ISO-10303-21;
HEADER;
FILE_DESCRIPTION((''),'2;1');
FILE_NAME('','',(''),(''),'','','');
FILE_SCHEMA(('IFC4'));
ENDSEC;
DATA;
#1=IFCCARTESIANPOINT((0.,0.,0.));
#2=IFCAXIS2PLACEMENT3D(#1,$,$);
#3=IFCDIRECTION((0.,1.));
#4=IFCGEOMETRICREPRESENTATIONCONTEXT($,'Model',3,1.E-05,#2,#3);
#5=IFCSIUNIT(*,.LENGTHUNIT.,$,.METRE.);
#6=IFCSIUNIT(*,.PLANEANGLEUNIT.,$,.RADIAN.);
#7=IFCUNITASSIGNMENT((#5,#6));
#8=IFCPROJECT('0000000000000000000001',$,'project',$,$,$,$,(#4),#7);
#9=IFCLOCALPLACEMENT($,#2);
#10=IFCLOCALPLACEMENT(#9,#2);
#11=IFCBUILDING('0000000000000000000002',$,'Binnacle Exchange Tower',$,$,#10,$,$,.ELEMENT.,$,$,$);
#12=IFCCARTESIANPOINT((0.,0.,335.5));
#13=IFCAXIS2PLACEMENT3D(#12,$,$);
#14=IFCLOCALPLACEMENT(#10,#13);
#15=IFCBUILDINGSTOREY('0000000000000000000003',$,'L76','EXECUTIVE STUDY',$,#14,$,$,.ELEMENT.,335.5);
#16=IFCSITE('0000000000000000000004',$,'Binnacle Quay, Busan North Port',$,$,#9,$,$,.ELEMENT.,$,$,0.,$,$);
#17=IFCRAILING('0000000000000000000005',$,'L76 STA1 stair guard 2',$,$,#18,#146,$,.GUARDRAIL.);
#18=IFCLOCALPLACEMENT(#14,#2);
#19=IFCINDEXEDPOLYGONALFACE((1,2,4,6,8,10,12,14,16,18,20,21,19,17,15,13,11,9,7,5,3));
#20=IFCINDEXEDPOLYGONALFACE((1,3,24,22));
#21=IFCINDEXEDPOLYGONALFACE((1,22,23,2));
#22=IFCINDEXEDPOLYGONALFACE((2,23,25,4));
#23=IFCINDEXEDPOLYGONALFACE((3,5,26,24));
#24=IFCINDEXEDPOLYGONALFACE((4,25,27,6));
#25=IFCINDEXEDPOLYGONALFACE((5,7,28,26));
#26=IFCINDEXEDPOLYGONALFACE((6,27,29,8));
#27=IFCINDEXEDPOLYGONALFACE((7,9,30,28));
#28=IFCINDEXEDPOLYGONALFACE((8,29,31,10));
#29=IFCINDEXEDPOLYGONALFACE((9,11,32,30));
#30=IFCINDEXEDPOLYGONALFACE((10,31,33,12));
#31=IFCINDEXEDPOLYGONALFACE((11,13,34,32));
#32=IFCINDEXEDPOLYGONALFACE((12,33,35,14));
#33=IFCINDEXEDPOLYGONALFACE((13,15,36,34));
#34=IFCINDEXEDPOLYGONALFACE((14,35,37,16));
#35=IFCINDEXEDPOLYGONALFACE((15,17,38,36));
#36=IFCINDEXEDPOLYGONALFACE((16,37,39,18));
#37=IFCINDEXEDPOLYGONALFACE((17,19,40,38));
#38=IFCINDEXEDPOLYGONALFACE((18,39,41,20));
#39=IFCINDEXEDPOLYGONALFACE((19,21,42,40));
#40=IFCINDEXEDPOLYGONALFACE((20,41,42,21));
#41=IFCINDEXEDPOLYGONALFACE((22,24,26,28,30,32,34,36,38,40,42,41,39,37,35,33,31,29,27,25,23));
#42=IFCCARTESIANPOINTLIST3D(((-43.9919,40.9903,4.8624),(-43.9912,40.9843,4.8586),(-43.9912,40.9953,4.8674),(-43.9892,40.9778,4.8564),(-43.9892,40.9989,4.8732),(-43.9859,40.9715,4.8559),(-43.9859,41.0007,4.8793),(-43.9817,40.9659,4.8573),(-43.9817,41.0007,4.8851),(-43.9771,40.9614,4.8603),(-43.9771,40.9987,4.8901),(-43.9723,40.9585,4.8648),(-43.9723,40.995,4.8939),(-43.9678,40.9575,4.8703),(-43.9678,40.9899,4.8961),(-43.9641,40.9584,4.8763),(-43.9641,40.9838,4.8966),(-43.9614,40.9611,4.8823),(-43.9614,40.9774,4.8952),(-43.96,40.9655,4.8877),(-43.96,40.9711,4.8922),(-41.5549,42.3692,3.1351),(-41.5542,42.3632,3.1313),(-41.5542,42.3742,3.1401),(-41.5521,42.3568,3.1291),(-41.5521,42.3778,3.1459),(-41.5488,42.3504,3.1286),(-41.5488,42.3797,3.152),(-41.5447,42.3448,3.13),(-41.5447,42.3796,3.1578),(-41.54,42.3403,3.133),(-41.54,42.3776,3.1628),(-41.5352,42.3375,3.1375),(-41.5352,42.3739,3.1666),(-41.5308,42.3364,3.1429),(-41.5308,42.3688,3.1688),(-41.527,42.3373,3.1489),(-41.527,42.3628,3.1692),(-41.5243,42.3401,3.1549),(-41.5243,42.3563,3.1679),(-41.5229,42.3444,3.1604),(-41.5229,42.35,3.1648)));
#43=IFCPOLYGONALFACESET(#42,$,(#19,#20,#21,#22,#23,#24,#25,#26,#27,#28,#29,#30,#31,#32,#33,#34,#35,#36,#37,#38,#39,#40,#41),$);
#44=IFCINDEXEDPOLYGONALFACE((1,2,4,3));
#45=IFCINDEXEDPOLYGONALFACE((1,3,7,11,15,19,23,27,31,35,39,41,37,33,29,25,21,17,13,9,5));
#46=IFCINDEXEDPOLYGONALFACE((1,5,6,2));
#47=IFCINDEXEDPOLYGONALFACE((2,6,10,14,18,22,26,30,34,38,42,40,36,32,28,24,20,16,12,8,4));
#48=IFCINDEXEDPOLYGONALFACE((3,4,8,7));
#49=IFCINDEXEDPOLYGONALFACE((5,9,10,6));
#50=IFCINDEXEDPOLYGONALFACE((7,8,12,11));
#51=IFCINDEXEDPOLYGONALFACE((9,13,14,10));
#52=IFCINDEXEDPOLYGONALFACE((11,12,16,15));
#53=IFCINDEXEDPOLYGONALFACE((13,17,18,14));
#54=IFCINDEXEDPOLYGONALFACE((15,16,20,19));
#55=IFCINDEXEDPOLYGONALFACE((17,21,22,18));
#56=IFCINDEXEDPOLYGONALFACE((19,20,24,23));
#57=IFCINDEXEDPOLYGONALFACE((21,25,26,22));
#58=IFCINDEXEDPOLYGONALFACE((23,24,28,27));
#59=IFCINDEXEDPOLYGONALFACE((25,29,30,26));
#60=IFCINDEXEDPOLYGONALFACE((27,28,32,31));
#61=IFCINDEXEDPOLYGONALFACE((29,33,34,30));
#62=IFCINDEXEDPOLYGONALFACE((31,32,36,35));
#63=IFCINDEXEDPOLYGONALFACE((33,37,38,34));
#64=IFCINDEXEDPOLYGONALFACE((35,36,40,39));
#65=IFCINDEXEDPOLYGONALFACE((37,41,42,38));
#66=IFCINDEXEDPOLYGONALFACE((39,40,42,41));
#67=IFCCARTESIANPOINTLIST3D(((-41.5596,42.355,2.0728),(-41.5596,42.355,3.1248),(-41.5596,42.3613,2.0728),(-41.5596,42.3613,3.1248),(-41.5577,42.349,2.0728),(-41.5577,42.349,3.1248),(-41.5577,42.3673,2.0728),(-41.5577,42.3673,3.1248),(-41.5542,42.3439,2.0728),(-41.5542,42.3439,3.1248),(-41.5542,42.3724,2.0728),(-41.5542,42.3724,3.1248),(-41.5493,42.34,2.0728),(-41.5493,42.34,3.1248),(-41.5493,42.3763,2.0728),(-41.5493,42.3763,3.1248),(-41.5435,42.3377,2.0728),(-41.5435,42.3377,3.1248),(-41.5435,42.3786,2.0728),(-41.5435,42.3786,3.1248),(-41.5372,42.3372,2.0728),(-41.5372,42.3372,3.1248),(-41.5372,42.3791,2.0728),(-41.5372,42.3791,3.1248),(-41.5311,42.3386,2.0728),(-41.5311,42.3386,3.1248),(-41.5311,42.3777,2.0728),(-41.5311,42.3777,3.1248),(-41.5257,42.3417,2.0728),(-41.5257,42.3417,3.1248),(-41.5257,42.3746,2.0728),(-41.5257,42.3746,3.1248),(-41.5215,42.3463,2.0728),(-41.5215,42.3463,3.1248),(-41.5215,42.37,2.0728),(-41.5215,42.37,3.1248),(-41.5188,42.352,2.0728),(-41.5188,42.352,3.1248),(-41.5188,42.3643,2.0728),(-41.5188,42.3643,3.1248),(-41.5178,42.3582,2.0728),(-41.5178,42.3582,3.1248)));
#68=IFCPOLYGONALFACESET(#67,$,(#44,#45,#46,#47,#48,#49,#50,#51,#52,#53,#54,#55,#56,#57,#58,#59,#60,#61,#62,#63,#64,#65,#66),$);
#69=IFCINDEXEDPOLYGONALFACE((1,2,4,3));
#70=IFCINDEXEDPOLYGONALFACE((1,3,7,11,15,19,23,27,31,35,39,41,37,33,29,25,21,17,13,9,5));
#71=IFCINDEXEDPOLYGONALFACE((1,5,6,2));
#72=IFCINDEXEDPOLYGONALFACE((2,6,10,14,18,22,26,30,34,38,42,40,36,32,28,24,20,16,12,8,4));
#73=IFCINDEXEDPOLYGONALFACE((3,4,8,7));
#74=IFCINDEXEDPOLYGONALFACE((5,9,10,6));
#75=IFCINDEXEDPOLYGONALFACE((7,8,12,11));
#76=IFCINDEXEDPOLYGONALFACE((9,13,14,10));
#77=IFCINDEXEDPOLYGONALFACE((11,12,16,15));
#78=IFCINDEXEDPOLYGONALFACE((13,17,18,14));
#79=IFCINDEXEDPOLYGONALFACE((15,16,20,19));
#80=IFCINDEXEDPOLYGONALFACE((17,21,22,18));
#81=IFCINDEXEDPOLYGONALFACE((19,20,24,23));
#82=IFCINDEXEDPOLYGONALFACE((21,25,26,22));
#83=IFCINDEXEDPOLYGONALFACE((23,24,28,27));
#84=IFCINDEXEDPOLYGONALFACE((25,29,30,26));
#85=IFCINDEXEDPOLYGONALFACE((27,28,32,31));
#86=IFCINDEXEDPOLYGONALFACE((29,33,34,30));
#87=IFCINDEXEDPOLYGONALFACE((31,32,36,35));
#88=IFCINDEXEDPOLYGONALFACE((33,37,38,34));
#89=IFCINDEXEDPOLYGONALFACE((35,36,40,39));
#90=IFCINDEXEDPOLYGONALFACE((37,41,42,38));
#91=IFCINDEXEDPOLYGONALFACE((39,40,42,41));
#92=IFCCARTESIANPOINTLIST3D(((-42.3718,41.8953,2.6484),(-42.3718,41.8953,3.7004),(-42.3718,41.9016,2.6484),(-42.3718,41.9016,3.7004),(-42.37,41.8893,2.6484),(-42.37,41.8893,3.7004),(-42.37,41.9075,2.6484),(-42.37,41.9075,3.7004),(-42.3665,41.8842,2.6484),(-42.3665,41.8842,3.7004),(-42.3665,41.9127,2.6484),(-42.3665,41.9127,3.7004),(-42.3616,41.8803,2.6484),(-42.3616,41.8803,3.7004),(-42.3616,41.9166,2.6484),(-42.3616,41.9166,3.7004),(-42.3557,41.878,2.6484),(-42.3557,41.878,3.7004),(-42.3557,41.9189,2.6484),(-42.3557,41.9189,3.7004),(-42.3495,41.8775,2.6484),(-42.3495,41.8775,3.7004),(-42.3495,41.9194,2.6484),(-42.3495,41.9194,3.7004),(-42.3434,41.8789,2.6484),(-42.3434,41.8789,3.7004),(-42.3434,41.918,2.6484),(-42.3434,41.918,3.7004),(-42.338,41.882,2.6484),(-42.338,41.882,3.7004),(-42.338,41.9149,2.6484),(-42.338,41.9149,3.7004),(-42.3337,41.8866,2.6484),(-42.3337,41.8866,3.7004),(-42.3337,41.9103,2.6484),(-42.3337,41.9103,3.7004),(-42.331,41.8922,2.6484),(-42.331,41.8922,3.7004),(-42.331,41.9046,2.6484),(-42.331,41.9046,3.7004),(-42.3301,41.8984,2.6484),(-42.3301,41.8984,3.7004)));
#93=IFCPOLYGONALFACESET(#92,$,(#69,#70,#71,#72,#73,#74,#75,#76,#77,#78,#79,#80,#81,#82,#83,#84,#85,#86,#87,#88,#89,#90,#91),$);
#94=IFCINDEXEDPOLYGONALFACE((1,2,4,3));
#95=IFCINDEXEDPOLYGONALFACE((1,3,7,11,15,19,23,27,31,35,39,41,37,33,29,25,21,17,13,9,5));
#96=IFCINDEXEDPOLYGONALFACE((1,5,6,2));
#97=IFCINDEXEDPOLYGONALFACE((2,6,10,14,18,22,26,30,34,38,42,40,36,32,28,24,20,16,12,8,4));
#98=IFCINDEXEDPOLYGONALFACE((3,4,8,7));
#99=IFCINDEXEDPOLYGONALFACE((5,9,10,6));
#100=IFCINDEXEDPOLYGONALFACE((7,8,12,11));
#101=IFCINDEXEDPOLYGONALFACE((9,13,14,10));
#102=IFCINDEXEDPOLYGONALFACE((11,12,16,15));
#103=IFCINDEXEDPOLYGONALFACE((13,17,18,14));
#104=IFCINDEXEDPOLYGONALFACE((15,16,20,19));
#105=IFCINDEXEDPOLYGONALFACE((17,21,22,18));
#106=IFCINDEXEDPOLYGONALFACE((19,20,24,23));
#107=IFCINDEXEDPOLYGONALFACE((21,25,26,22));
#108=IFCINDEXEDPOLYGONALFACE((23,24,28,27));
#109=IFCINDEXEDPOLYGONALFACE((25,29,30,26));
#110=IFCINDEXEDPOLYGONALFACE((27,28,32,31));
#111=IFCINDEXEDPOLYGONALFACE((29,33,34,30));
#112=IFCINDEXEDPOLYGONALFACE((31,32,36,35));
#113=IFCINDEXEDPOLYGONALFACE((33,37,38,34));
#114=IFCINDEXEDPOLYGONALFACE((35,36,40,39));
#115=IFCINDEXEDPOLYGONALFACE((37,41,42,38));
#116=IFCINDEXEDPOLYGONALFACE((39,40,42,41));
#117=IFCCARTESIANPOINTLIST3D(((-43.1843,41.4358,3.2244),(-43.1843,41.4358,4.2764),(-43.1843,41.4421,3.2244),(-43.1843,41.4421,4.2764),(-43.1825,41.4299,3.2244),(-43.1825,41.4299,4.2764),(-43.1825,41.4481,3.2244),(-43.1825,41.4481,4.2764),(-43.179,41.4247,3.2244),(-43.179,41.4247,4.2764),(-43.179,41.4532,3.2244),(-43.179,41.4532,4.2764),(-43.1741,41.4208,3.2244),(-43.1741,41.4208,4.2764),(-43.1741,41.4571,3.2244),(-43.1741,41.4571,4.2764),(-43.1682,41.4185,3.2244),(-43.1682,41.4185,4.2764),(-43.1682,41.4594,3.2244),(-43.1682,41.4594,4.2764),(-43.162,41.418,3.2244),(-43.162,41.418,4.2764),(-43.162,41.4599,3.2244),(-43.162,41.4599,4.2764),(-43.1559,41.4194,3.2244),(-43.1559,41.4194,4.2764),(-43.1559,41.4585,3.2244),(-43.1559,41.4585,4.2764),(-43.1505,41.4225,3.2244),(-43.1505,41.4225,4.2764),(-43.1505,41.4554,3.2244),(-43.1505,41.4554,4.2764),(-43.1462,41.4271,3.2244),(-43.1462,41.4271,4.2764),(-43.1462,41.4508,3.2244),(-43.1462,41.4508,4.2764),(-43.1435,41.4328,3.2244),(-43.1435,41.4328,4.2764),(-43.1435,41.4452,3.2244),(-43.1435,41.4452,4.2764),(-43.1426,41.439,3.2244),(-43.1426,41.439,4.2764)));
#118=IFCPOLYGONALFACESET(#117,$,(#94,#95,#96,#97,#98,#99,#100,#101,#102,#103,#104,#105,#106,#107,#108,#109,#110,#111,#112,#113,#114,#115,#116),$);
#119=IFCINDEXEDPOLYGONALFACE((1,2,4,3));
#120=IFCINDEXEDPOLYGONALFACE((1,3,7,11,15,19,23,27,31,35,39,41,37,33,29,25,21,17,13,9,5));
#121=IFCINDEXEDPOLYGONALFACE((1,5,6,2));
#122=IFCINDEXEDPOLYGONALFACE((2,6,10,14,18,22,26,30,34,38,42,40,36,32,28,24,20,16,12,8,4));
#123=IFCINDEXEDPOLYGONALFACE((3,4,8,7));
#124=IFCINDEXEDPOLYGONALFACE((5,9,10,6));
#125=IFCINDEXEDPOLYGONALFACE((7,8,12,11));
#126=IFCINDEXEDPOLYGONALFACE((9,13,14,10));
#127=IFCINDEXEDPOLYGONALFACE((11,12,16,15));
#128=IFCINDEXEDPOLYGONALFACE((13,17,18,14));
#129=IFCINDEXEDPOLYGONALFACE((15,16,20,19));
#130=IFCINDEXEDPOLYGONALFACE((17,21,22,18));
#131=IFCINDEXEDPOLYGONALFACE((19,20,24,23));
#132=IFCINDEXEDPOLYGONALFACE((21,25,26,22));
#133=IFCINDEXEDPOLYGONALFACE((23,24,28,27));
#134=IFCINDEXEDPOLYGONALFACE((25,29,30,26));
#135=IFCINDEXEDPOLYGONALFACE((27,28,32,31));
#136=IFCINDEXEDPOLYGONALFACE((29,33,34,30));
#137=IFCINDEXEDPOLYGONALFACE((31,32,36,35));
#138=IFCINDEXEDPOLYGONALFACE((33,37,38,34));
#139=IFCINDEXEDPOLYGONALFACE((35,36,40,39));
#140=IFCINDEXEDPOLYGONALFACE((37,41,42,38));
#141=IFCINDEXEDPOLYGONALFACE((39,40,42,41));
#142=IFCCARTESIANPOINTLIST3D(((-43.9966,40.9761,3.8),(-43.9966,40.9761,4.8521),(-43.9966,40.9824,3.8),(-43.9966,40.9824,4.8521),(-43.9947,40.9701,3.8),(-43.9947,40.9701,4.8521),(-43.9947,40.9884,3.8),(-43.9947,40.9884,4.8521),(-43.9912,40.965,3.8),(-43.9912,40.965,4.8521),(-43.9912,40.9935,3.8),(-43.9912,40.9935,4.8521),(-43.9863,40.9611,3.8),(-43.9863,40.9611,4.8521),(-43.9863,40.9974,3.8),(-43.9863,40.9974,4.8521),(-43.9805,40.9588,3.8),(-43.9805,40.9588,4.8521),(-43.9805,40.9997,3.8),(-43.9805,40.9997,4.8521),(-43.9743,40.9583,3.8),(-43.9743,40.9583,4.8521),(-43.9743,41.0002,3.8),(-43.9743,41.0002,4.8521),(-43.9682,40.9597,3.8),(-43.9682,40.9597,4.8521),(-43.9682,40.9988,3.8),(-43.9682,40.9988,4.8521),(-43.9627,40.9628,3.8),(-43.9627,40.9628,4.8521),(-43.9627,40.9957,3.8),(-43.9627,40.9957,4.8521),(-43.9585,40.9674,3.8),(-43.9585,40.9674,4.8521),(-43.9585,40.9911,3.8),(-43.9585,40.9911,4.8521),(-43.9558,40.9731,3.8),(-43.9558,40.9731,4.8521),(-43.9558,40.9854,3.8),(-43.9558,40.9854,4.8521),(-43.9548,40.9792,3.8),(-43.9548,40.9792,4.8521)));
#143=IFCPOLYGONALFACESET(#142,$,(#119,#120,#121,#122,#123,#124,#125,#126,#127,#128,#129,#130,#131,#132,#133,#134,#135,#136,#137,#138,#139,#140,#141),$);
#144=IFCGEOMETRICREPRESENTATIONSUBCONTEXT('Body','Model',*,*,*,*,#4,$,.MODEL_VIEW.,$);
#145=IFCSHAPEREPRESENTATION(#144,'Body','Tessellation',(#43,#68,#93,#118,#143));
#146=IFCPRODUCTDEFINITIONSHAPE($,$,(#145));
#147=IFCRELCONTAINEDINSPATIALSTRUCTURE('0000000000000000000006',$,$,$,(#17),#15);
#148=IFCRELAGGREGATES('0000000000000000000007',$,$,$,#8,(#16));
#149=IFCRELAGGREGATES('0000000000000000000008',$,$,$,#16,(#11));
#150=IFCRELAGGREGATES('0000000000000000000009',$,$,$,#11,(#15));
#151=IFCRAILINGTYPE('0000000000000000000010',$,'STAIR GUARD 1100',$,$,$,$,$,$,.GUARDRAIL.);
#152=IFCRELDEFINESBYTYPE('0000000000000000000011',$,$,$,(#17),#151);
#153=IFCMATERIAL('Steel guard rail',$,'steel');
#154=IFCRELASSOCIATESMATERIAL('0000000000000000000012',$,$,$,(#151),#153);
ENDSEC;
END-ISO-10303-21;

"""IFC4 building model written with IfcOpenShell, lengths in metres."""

from ifc_helpers import new_model, si_unit, direction, frame, origin, origin_2d, place, context, subcontext, project, spatial, circle, extrude, material, type_object, element, save


model = new_model("IFC4")

# Units and contexts
model_context = context("Model", 3, precision=1e-05, world=origin(), true_north=direction((0.0, 1.0)))
body_context = subcontext(model_context, "Body", "Model", "MODEL_VIEW")
ifc_project = project(units=[si_unit("LENGTHUNIT", "METRE"), si_unit("PLANEANGLEUNIT", "RADIAN")], contexts=[model_context])

# Site, building, storey
site_placement = place(None, origin())
site = spatial("IfcSite", under=ifc_project, at=site_placement, Name="Binnacle Quay, Busan North Port", CompositionType="ELEMENT", RefElevation=0.0)
building_placement = place(site_placement, origin())
building = spatial("IfcBuilding", under=site, at=building_placement, Name="Binnacle Exchange Tower", CompositionType="ELEMENT")
storey_placement = place(building_placement, frame((0.0, 0.0, 335.5)))
storey = spatial("IfcBuildingStorey", under=building, at=storey_placement, Name="L76", Description="EXECUTIVE STUDY", CompositionType="ELEMENT", Elevation=335.5)

# Railing
ifc_material_1 = material(Name="Steel guard rail", Category="steel")
railing_type_1 = type_object("IfcRailingType", Name="STAIR GUARD 1100", PredefinedType="GUARDRAIL", material=ifc_material_1)
railing_1_placement = place(storey_placement, frame((-41.5388, 42.3582, 2.0728)))
element("IfcRailing", 1, at=railing_1_placement, inside=storey, type_object=railing_type_1, Name="L76 STA1 stair guard 2", PredefinedType="GUARDRAIL", context=body_context, shape_type="SweptSolid", body=[
    extrude(circle(Radius=0.0239, at=origin_2d()), frame((0.0, 0.0, 1.0762), z_axis=(-0.740738, -0.419123, 0.525017), x_axis=(0.492454, -0.870339, 0.0)), (0.0, 0.0, 1.0), 3.29),
    extrude(circle(Radius=0.021, at=origin_2d()), origin(), (0.0, 0.0, 1.0), 1.052),
    extrude(circle(Radius=0.021, at=origin_2d()), frame((-0.8123, -0.4597, 0.5757)), (0.0, 0.0, 1.0), 1.052),
    extrude(circle(Radius=0.021, at=origin_2d()), frame((-1.6248, -0.9192, 1.1516)), (0.0, 0.0, 1.0), 1.052),
    extrude(circle(Radius=0.021, at=origin_2d()), frame((-2.437, -1.3789, 1.7273)), (0.0, 0.0, 1.0), 1.052),
])

save(model, "model.ifc")
